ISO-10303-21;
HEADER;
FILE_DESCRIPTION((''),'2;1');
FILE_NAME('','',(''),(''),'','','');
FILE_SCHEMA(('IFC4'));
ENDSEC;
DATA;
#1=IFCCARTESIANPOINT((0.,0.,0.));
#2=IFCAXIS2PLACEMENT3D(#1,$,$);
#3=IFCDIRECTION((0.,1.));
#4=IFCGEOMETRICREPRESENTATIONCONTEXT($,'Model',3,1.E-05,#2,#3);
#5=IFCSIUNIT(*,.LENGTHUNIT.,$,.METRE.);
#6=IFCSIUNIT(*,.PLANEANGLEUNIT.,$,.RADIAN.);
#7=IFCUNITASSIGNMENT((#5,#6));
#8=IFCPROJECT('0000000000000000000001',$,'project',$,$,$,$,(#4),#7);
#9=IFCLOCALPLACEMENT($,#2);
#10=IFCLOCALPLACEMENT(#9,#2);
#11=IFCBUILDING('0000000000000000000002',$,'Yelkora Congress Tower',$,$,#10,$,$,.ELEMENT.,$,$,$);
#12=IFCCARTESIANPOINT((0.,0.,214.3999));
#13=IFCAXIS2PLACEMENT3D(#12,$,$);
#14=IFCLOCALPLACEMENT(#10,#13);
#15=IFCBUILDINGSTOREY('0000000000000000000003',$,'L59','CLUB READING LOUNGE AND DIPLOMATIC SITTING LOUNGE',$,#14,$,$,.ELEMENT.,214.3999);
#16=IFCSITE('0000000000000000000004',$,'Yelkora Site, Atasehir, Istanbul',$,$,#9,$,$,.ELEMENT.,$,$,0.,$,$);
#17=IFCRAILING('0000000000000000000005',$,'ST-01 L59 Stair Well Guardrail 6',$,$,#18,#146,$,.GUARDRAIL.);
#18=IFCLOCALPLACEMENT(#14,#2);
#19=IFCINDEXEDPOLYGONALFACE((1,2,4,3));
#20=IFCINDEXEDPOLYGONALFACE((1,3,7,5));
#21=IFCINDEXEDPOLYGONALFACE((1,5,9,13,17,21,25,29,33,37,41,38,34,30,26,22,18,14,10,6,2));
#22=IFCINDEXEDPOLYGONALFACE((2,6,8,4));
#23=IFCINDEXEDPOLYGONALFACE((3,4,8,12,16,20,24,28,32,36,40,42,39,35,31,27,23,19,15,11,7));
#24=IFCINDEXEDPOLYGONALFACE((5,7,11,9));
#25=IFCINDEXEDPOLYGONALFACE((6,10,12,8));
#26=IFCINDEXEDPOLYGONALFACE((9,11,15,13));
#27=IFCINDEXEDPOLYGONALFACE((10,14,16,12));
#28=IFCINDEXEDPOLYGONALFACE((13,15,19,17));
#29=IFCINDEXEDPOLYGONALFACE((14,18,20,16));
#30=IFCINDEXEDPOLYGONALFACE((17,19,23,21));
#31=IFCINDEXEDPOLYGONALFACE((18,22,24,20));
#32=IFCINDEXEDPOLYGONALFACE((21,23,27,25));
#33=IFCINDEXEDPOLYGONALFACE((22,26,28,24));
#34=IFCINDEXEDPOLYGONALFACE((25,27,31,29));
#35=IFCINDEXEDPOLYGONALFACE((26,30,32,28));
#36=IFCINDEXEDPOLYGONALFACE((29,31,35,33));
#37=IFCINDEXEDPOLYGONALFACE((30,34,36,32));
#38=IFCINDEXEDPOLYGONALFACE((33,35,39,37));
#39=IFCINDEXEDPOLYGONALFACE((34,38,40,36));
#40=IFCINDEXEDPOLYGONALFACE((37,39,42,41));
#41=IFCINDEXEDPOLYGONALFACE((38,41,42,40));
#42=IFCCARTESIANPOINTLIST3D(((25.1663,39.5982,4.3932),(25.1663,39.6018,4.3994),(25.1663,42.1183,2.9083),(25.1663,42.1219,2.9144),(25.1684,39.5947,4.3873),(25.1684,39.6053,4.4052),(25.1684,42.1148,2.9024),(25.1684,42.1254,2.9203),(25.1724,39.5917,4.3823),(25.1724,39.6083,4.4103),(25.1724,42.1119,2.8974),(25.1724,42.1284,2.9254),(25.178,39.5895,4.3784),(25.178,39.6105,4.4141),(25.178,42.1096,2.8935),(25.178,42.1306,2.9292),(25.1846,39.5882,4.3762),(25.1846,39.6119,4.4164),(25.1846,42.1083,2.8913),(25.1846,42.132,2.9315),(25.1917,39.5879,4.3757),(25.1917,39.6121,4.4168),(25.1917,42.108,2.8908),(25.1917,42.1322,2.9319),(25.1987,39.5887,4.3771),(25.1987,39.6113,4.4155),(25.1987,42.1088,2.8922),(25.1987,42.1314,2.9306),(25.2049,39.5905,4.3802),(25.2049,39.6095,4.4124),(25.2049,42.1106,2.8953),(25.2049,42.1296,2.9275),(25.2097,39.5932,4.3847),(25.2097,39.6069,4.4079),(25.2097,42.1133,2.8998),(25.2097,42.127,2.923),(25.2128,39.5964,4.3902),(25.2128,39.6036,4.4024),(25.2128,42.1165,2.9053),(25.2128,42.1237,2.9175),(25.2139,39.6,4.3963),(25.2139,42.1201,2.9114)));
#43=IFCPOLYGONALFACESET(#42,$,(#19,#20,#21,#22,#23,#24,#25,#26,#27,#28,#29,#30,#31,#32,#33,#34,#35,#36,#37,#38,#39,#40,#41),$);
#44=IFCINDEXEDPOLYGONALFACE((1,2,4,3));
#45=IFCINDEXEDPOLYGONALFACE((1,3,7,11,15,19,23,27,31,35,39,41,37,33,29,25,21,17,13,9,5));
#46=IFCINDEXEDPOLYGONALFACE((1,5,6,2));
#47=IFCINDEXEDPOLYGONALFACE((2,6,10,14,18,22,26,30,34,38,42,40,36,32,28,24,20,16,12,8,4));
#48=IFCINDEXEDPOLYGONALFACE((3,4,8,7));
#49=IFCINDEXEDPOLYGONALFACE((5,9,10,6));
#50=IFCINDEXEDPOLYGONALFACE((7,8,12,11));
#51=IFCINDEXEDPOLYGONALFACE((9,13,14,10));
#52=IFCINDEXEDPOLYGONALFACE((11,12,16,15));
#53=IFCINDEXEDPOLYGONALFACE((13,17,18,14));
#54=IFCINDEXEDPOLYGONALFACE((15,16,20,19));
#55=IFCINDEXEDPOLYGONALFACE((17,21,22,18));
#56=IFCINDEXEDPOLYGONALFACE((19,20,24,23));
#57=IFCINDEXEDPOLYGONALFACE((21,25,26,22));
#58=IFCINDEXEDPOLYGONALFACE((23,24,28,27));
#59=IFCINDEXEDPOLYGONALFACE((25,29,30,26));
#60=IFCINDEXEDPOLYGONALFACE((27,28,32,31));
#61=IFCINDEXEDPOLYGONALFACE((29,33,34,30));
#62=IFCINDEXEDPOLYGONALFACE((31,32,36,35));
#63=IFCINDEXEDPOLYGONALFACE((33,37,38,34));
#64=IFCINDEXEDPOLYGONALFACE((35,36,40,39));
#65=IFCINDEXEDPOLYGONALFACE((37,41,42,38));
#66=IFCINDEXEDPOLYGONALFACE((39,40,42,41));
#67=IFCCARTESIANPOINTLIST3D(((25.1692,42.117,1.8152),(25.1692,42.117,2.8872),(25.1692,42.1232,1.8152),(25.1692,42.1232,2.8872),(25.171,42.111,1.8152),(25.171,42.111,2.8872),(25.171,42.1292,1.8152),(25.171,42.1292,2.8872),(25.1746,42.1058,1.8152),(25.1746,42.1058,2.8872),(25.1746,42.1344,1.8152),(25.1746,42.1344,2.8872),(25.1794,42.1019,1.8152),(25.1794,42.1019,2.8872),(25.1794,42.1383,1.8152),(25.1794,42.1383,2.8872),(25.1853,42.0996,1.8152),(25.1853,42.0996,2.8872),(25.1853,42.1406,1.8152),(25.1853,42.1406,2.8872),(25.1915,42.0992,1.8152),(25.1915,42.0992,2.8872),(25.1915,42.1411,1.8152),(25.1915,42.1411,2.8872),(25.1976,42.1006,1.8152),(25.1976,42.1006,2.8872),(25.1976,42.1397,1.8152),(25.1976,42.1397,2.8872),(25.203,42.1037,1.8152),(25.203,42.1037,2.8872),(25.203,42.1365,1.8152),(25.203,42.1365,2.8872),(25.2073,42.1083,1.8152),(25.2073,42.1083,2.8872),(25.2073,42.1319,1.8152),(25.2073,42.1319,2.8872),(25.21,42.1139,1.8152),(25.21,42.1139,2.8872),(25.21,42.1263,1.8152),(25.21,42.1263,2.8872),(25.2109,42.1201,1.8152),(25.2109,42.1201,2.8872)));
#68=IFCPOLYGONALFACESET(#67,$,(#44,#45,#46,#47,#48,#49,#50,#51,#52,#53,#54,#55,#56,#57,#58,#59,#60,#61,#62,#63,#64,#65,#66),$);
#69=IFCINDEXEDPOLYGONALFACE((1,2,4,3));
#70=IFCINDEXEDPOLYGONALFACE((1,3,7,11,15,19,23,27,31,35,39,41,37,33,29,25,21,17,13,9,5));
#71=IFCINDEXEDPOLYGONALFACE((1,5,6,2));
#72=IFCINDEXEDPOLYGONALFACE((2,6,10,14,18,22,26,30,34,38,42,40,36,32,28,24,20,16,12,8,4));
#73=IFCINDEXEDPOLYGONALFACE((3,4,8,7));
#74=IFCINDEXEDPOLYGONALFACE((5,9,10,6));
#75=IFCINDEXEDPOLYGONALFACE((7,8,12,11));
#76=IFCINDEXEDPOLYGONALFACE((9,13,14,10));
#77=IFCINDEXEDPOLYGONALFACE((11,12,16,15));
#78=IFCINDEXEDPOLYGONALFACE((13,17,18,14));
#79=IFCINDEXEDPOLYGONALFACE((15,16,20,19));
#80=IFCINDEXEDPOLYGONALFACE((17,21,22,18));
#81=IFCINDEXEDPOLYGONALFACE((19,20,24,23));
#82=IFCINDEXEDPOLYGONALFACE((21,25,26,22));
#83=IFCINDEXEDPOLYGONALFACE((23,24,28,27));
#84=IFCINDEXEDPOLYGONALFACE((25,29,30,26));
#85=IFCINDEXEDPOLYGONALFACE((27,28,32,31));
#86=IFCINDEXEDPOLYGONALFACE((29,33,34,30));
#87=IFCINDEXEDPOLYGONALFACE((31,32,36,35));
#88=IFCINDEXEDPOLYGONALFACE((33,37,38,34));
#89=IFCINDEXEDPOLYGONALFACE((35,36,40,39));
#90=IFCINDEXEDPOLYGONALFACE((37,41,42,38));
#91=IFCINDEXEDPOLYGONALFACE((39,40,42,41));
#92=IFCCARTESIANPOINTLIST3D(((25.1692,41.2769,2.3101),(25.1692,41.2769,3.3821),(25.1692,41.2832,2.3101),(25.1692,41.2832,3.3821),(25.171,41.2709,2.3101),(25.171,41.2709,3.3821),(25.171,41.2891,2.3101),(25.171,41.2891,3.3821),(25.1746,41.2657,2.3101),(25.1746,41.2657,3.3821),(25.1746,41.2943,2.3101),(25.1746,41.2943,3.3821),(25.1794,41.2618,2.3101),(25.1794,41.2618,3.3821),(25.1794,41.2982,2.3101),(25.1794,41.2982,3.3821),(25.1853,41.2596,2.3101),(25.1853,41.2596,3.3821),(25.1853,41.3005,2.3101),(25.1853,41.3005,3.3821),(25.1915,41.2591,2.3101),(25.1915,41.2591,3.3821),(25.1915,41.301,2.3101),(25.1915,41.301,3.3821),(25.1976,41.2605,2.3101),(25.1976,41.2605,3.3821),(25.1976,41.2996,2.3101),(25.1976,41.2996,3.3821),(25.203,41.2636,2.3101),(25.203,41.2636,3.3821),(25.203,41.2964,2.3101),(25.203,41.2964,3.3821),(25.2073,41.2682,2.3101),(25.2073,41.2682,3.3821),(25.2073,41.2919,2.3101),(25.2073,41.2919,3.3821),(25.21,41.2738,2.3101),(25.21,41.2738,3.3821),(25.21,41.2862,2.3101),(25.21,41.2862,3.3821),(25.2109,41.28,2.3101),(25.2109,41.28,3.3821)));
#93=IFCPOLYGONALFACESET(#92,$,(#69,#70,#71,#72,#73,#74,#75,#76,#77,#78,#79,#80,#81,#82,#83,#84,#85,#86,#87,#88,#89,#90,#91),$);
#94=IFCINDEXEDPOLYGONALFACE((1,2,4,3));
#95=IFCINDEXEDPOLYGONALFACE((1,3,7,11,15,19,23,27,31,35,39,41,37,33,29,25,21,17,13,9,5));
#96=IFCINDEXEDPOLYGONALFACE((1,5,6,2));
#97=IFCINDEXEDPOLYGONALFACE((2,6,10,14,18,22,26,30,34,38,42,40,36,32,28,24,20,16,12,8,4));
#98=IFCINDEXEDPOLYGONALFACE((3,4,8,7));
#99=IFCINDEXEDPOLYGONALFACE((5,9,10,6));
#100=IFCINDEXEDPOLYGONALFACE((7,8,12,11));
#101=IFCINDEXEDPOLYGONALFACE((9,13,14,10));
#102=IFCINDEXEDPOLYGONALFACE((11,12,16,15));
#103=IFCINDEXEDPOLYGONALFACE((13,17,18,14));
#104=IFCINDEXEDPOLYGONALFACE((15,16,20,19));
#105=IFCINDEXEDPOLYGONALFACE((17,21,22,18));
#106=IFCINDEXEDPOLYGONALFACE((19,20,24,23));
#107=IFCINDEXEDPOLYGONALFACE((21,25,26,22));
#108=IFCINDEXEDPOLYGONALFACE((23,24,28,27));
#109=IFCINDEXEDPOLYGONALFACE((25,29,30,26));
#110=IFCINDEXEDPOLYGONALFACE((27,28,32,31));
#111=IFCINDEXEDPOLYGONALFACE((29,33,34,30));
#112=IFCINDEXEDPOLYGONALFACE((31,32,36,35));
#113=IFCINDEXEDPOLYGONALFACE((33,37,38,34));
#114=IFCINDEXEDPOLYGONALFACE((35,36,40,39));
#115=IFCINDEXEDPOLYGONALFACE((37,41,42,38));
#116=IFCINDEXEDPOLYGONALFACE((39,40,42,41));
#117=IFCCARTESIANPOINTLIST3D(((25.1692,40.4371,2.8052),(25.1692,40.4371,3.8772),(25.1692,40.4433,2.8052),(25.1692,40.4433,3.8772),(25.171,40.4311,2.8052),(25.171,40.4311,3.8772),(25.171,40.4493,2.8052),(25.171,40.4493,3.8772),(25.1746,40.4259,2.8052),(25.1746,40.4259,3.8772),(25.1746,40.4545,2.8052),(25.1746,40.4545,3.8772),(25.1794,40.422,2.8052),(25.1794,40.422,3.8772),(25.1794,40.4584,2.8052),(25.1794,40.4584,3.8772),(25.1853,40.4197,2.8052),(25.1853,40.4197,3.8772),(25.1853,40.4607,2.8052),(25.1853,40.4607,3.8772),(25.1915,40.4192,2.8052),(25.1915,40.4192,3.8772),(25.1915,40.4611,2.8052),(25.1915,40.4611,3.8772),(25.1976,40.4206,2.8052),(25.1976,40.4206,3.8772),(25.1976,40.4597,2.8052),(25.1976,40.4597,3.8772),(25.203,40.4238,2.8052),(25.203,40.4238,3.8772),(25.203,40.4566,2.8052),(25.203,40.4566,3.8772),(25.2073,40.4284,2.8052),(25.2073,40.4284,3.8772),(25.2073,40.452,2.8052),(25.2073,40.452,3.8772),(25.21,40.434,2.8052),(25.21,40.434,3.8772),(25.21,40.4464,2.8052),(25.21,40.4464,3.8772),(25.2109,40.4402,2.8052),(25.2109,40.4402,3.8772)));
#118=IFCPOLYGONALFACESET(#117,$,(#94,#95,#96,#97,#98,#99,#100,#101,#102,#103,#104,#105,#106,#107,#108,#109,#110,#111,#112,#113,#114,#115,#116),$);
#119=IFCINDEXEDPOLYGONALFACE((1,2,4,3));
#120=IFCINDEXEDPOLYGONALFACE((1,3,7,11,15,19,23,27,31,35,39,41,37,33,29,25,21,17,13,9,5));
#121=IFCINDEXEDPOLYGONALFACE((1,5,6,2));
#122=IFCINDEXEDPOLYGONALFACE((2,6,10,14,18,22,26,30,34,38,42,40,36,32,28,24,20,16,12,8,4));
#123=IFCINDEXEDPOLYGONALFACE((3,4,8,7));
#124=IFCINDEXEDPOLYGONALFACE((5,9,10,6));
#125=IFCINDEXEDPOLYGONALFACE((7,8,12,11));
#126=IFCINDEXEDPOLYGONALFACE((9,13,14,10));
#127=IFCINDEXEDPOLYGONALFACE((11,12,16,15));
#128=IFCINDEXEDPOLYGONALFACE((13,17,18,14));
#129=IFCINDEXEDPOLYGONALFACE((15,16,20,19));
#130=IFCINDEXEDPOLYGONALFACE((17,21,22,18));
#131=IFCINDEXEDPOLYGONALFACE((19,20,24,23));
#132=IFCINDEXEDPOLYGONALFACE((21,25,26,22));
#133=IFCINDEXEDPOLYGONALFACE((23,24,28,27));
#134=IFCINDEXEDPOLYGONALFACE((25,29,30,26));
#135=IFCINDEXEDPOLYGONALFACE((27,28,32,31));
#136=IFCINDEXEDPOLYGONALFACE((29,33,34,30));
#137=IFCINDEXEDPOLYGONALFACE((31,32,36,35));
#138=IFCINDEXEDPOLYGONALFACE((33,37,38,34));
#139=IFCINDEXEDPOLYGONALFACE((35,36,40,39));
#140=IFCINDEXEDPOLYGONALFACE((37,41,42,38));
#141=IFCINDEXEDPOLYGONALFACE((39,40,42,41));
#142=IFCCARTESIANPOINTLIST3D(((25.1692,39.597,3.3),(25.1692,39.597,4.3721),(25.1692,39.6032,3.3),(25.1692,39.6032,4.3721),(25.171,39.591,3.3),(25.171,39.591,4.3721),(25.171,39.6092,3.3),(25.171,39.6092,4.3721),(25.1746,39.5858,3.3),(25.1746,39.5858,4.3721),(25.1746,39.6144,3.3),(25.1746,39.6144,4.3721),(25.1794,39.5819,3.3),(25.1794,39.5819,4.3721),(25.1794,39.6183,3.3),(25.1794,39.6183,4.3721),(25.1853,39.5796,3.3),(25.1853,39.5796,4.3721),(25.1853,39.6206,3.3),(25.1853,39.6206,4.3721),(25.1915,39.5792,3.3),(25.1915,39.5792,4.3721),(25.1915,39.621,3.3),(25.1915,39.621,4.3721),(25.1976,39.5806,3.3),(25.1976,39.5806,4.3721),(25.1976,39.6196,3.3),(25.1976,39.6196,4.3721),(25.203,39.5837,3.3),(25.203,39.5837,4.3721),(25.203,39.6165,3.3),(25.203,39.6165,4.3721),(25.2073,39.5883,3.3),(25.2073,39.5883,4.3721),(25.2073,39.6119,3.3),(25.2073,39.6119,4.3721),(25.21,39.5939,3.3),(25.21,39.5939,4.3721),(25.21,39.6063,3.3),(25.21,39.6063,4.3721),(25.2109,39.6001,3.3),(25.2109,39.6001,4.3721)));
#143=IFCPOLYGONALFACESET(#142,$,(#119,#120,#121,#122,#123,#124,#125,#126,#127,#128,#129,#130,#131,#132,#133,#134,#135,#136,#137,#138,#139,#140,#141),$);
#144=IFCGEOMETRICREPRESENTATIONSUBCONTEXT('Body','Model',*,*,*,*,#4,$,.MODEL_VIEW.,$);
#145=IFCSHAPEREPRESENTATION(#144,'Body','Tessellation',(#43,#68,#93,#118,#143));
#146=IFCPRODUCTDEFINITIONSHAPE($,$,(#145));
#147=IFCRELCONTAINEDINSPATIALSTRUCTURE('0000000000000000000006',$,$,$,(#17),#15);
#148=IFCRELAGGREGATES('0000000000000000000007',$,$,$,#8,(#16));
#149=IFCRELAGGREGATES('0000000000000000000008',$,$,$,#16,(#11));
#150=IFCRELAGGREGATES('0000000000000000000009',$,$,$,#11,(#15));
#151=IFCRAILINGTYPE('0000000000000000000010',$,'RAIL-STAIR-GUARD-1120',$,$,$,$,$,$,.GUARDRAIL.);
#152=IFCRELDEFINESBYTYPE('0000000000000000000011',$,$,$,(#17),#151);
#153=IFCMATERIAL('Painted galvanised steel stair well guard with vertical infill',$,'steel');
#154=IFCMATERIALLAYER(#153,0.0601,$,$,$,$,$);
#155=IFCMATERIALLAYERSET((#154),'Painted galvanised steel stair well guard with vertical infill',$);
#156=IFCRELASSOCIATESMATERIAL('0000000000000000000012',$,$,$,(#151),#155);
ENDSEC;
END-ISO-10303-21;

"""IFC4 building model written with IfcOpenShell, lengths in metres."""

from ifc_helpers import new_model, si_unit, direction, frame, origin, origin_2d, place, context, subcontext, project, spatial, circle, extrude, material, layer, layer_set, type_object, element, save


model = new_model("IFC4")

# Units and contexts
model_context = context("Model", 3, precision=1e-05, world=origin(), true_north=direction((0.0, 1.0)))
body_context = subcontext(model_context, "Body", "Model", "MODEL_VIEW")
ifc_project = project(units=[si_unit("LENGTHUNIT", "METRE"), si_unit("PLANEANGLEUNIT", "RADIAN")], contexts=[model_context])

# Site, building, storey
site_placement = place(None, origin())
site = spatial("IfcSite", under=ifc_project, at=site_placement, Name="Yelkora Site, Atasehir, Istanbul", CompositionType="ELEMENT", RefElevation=0.0)
building_placement = place(site_placement, origin())
building = spatial("IfcBuilding", under=site, at=building_placement, Name="Yelkora Congress Tower", CompositionType="ELEMENT")
storey_placement = place(building_placement, frame((0.0, 0.0, 214.3999)))
storey = spatial("IfcBuildingStorey", under=building, at=storey_placement, Name="L59", Description="CLUB READING LOUNGE AND DIPLOMATIC SITTING LOUNGE", CompositionType="ELEMENT", Elevation=214.3999)

# Railing
ifc_material_1 = material(Name="Painted galvanised steel stair well guard with vertical infill", Category="steel")
ifc_layer_1 = layer(ifc_material_1, 0.0601)
ifc_layer_set_1 = layer_set([ifc_layer_1], Name="Painted galvanised steel stair well guard with vertical infill")
railing_type_1 = type_object("IfcRailingType", Name="RAIL-STAIR-GUARD-1120", PredefinedType="GUARDRAIL", material=ifc_layer_set_1)
railing_1_placement = place(storey_placement, frame((25.1899, 42.1201, 1.8152)))
element("IfcRailing", 1, at=railing_1_placement, inside=storey, type_object=railing_type_1, Name="ST-01 L59 Stair Well Guardrail 6", PredefinedType="GUARDRAIL", context=body_context, shape_type="SweptSolid", body=[
    extrude(circle(Radius=0.0239, at=origin_2d()), frame((0.0, 0.0, 1.0962), z_axis=(0.0, -0.861561, 0.507655), x_axis=(1.0, 0.0, 0.0)), (0.0, 0.0, 1.0), 2.925),
    extrude(circle(Radius=0.021, at=origin_2d()), origin(), (0.0, 0.0, 1.0), 1.072),
    extrude(circle(Radius=0.021, at=origin_2d()), frame((0.0, -0.8401, 0.4949)), (0.0, 0.0, 1.0), 1.072),
    extrude(circle(Radius=0.021, at=origin_2d()), frame((0.0, -1.6799, 0.99)), (0.0, 0.0, 1.0), 1.072),
    extrude(circle(Radius=0.021, at=origin_2d()), frame((0.0, -2.52, 1.4849)), (0.0, 0.0, 1.0), 1.072),
])

save(model, "model.ifc")
